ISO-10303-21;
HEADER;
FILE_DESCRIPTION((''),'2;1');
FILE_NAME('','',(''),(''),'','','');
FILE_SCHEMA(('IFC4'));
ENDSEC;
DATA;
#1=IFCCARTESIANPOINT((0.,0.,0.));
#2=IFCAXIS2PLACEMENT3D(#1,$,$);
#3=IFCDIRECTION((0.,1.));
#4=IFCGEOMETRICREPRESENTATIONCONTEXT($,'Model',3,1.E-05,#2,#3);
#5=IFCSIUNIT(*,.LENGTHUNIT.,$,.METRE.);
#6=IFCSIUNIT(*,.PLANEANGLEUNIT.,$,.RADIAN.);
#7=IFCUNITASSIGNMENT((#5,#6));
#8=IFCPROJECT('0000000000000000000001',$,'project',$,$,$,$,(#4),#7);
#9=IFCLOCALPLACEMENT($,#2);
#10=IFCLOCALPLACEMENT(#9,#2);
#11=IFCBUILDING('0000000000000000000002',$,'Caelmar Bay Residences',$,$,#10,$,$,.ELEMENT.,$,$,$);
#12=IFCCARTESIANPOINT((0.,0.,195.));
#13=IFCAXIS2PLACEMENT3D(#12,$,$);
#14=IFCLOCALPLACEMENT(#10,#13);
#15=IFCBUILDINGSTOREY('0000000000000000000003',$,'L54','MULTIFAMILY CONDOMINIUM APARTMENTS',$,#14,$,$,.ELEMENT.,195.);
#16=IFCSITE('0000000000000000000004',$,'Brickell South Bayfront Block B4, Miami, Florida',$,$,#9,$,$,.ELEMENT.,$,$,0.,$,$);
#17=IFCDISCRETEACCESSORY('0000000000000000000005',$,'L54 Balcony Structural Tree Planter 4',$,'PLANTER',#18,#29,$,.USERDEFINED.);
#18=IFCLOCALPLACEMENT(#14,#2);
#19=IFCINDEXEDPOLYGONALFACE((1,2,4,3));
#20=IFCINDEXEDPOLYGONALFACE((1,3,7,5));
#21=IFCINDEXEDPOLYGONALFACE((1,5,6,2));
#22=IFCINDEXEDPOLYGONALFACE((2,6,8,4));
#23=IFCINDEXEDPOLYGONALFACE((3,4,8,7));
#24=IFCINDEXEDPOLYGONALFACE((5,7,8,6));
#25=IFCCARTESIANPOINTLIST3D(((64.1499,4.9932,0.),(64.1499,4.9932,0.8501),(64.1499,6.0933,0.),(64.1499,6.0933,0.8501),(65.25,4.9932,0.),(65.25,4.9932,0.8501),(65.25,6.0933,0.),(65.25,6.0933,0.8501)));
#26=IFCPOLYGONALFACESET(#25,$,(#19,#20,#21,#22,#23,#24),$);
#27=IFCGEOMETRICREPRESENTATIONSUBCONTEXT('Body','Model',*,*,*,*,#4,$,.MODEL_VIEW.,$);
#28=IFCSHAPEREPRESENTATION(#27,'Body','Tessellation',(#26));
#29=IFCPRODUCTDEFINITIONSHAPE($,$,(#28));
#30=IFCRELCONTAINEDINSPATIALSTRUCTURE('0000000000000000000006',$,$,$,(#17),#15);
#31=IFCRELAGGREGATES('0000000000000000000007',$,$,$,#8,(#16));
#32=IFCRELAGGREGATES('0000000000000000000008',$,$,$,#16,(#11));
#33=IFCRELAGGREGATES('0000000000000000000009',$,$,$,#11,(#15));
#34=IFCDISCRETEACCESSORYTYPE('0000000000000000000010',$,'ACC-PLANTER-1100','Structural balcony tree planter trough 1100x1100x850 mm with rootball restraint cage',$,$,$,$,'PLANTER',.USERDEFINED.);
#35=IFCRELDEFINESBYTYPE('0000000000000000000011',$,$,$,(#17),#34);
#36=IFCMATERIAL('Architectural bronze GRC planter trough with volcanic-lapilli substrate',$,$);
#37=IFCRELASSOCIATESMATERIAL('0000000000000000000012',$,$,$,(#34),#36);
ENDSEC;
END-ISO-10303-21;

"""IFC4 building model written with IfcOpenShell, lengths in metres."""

from ifc_helpers import new_model, si_unit, direction, frame, origin, origin_2d, place, context, subcontext, project, spatial, rectangle, extrude, material, type_object, element, save


model = new_model("IFC4")

# Units and contexts
model_context = context("Model", 3, precision=1e-05, world=origin(), true_north=direction((0.0, 1.0)))
body_context = subcontext(model_context, "Body", "Model", "MODEL_VIEW")
ifc_project = project(units=[si_unit("LENGTHUNIT", "METRE"), si_unit("PLANEANGLEUNIT", "RADIAN")], contexts=[model_context])

# Site, building, storey
site_placement = place(None, origin())
site = spatial("IfcSite", under=ifc_project, at=site_placement, Name="Brickell South Bayfront Block B4, Miami, Florida", CompositionType="ELEMENT", RefElevation=0.0)
building_placement = place(site_placement, origin())
building = spatial("IfcBuilding", under=site, at=building_placement, Name="Caelmar Bay Residences", CompositionType="ELEMENT")
storey_placement = place(building_placement, frame((0.0, 0.0, 195.0)))
storey = spatial("IfcBuildingStorey", under=building, at=storey_placement, Name="L54", Description="MULTIFAMILY CONDOMINIUM APARTMENTS", CompositionType="ELEMENT", Elevation=195.0)

# Discrete accessory
ifc_material_1 = material(Name="Architectural bronze GRC planter trough with volcanic-lapilli substrate")
discrete_accessory_type = type_object("IfcDiscreteAccessoryType", Name="ACC-PLANTER-1100", Description="Structural balcony tree planter trough 1100x1100x850 mm with rootball restraint cage", ElementType="PLANTER", PredefinedType="USERDEFINED", material=ifc_material_1)
discrete_accessory_placement = place(storey_placement, frame((64.7, 5.5432, 0.0), z_axis=(0.0, 0.0, 1.0), x_axis=(1.0, 0.0, 0.0)))
element("IfcDiscreteAccessory", 1, at=discrete_accessory_placement, inside=storey, type_object=discrete_accessory_type, Name="L54 Balcony Structural Tree Planter 4", ObjectType="PLANTER", PredefinedType="USERDEFINED", context=body_context, shape_type="SweptSolid", body=[
    extrude(rectangle(XDim=1.1001, YDim=1.1001, at=origin_2d()), origin(), (0.0, 0.0, 1.0), 0.8501),
])

save(model, "model.ifc")
